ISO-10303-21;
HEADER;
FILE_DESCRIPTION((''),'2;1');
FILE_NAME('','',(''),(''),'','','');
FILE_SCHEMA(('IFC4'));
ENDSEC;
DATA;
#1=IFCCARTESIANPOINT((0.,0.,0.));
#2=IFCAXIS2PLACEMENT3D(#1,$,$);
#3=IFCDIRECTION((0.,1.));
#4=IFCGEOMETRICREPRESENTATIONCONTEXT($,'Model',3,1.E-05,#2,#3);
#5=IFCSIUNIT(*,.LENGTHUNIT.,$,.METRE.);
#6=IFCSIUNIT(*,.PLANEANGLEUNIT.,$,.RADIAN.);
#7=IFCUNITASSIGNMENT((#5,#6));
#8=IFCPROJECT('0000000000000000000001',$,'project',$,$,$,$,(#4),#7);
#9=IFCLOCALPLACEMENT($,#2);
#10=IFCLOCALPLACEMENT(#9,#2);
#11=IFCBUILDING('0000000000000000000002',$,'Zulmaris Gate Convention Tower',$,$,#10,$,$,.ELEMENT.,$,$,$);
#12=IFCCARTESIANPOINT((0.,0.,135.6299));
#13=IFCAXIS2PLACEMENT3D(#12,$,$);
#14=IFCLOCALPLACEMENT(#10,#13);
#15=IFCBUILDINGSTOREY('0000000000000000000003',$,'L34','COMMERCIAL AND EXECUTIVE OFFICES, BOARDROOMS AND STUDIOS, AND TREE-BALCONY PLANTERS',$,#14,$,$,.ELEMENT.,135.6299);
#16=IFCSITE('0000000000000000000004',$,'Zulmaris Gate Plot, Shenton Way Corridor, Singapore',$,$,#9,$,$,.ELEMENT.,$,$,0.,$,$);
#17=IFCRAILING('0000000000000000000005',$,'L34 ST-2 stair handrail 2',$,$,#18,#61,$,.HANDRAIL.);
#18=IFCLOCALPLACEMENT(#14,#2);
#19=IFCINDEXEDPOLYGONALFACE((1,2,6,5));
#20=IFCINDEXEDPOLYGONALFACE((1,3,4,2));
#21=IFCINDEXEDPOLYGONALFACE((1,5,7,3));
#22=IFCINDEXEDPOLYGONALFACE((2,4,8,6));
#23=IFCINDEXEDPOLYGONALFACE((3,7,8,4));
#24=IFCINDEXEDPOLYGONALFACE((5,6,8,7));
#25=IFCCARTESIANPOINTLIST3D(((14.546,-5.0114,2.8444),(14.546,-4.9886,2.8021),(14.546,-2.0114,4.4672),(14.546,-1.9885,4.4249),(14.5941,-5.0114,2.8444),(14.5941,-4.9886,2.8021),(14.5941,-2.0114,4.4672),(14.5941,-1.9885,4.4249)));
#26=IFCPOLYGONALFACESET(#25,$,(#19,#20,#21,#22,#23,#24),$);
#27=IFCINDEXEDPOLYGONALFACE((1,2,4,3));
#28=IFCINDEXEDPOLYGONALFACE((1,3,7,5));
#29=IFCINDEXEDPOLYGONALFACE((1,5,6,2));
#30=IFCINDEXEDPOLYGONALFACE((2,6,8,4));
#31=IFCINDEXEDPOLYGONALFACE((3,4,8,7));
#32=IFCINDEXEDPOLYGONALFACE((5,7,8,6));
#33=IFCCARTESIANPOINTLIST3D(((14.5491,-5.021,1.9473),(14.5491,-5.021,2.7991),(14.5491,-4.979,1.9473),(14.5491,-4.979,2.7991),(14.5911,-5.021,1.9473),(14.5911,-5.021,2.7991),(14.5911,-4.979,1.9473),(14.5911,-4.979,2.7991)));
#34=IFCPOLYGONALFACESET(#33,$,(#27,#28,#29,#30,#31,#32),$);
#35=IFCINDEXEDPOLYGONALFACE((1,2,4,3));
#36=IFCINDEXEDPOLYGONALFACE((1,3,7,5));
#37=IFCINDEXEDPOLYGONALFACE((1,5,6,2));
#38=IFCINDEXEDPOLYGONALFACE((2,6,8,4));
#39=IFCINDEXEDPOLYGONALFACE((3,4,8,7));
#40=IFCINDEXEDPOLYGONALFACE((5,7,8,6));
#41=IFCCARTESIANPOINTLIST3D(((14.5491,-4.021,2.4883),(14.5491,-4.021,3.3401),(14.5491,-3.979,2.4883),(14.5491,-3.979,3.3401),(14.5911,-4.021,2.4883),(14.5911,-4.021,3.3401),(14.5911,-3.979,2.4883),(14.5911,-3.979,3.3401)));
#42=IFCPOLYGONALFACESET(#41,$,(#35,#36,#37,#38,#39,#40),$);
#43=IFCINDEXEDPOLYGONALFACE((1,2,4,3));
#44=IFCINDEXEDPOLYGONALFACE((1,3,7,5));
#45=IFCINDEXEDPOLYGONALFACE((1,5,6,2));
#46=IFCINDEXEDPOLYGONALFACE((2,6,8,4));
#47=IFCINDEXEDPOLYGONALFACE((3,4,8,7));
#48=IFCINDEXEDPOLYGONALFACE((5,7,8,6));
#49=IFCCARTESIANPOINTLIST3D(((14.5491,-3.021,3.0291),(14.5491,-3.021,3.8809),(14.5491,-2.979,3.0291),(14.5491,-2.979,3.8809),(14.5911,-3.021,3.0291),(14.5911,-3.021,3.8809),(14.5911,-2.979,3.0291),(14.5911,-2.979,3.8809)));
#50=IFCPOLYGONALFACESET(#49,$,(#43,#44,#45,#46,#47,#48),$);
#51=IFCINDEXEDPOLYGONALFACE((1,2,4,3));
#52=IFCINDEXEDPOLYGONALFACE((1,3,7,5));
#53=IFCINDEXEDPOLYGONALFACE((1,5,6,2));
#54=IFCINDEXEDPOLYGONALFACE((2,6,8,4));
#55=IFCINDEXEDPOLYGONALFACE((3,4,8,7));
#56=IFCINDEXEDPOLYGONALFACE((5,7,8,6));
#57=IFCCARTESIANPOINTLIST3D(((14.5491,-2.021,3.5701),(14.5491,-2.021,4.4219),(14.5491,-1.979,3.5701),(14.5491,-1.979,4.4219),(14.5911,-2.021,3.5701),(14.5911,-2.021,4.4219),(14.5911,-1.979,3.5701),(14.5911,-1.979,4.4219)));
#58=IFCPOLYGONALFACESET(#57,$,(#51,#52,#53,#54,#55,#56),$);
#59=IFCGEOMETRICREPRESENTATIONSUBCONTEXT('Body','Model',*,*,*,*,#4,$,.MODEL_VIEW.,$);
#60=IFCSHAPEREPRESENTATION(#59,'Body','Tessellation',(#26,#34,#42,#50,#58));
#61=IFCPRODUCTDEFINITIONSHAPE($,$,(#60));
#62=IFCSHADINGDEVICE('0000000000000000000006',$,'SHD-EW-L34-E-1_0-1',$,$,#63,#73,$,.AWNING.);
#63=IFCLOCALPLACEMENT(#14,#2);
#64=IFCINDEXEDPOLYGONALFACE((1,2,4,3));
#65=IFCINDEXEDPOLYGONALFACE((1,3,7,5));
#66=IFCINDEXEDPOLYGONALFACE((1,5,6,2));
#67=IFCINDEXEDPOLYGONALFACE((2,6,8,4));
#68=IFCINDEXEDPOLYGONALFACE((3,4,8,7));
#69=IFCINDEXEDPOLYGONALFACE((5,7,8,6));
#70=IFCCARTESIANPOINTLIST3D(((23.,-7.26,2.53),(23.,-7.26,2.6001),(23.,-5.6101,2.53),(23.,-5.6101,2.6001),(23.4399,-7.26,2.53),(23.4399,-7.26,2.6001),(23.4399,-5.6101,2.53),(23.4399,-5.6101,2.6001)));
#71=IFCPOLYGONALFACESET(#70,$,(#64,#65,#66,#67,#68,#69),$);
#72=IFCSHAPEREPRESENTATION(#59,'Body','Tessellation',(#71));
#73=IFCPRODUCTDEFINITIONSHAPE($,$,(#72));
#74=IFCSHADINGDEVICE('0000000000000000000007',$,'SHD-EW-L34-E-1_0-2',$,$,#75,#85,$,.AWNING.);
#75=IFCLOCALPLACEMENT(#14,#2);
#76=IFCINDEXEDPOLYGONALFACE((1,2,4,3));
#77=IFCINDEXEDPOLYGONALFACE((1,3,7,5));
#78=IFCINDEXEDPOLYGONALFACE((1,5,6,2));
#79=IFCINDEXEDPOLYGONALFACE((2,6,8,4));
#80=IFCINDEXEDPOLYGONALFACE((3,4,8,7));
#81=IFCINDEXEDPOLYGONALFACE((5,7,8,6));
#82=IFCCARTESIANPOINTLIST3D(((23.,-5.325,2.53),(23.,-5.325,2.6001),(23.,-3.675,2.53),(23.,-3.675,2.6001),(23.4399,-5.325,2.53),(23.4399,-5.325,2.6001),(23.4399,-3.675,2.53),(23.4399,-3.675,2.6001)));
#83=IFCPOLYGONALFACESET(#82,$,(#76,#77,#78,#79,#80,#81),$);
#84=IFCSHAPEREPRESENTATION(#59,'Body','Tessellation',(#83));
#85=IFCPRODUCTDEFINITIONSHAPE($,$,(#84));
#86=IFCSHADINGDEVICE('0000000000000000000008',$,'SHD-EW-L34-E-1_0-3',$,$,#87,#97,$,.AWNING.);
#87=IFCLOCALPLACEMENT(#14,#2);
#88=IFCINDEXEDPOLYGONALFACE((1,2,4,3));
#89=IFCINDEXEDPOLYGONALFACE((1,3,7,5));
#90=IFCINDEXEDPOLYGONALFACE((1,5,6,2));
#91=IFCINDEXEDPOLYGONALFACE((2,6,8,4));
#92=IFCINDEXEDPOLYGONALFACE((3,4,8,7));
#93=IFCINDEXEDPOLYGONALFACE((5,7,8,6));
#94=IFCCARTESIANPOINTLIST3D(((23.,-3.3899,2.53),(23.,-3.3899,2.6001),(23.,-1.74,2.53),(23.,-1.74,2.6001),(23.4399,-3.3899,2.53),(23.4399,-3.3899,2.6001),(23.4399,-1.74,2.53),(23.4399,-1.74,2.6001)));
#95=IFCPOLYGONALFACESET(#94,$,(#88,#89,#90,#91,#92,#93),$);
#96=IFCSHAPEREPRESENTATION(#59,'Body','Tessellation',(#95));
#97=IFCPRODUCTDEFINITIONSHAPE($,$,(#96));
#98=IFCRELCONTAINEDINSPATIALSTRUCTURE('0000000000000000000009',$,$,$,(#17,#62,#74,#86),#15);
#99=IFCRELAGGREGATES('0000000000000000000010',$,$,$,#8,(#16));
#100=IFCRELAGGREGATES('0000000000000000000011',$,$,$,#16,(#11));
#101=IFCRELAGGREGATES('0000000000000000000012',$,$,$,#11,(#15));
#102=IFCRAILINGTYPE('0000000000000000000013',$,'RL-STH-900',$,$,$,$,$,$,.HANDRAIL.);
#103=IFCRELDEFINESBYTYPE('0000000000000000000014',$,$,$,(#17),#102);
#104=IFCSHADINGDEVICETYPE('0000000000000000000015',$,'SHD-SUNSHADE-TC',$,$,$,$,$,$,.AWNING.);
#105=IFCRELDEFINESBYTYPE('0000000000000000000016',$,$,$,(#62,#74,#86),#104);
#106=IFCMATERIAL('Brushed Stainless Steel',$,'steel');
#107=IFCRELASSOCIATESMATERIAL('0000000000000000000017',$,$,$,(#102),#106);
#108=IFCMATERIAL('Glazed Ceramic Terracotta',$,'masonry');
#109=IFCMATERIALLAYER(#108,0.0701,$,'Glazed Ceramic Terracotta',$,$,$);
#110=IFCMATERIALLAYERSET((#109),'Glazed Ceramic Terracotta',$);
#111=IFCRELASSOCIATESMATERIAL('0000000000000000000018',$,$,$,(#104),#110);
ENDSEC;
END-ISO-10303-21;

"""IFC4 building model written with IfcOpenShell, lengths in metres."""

from ifc_helpers import new_model, si_unit, direction, frame, frame_2d, origin, origin_2d, place, context, subcontext, project, spatial, rectangle, extrude, material, layer, layer_set, type_object, element, save


model = new_model("IFC4")

# Units and contexts
model_context = context("Model", 3, precision=1e-05, world=origin(), true_north=direction((0.0, 1.0)))
body_context = subcontext(model_context, "Body", "Model", "MODEL_VIEW")
ifc_project = project(units=[si_unit("LENGTHUNIT", "METRE"), si_unit("PLANEANGLEUNIT", "RADIAN")], contexts=[model_context])

# Site, building, storey
site_placement = place(None, origin())
site = spatial("IfcSite", under=ifc_project, at=site_placement, Name="Zulmaris Gate Plot, Shenton Way Corridor, Singapore", CompositionType="ELEMENT", RefElevation=0.0)
building_placement = place(site_placement, origin())
building = spatial("IfcBuilding", under=site, at=building_placement, Name="Zulmaris Gate Convention Tower", CompositionType="ELEMENT")
storey_placement = place(building_placement, frame((0.0, 0.0, 135.6299)))
storey = spatial("IfcBuildingStorey", under=building, at=storey_placement, Name="L34", Description="COMMERCIAL AND EXECUTIVE OFFICES, BOARDROOMS AND STUDIOS, AND TREE-BALCONY PLANTERS", CompositionType="ELEMENT", Elevation=135.6299)

# Shared definitions
ifc_material_1 = material(Name="Brushed Stainless Steel", Category="steel")

# Railing
railing_type_1 = type_object("IfcRailingType", Name="RL-STH-900", PredefinedType="HANDRAIL", material=ifc_material_1)
railing_1_placement = place(storey_placement, frame((14.5701, -5.0, 1.9473)))
element("IfcRailing", 1, at=railing_1_placement, inside=storey, type_object=railing_type_1, Name="L34 ST-2 stair handrail 2", PredefinedType="HANDRAIL", context=body_context, shape_type="SweptSolid", body=[
    extrude(rectangle(XDim=0.0481, YDim=0.0481, at=origin_2d()), frame((0.0, 0.0, 0.876), z_axis=(0.0, 0.879562, 0.475785), x_axis=(-1.0, 0.0, 0.0)), (0.0, 0.0, 1.0), 3.4109),
    extrude(rectangle(XDim=0.042, YDim=0.042, at=origin_2d()), origin(), (0.0, 0.0, 1.0), 0.8518),
    extrude(rectangle(XDim=0.042, YDim=0.042, at=origin_2d()), frame((0.0, 1.0, 0.541)), (0.0, 0.0, 1.0), 0.8518),
    extrude(rectangle(XDim=0.042, YDim=0.042, at=origin_2d()), frame((0.0, 2.0, 1.0818)), (0.0, 0.0, 1.0), 0.8518),
    extrude(rectangle(XDim=0.042, YDim=0.042, at=origin_2d()), frame((0.0, 3.0, 1.6228)), (0.0, 0.0, 1.0), 0.8518),
])

# Shading devices
ifc_material_2 = material(Name="Glazed Ceramic Terracotta", Category="masonry")
ifc_layer_1 = layer(ifc_material_2, 0.0701, Name="Glazed Ceramic Terracotta")
ifc_layer_set_1 = layer_set([ifc_layer_1], Name="Glazed Ceramic Terracotta")
shading_device_type = type_object("IfcShadingDeviceType", Name="SHD-SUNSHADE-TC", PredefinedType="AWNING", material=ifc_layer_set_1)
for number, where, z_axis, x_axis, name in (
    (2, (23.22, -7.26, 2.53), (0.0, 0.0, 1.0), (0.0, 1.0, 0.0), "SHD-EW-L34-E-1_0-1"),
    (3, (23.22, -5.325, 2.53), (0.0, 0.0, 1.0), (0.0, 1.0, 0.0), "SHD-EW-L34-E-1_0-2"),
    (4, (23.22, -3.3899, 2.53), (0.0, 0.0, 1.0), (0.0, 1.0, 0.0), "SHD-EW-L34-E-1_0-3"),
):
    element("IfcShadingDevice", number, at=place(storey_placement, frame(where, z_axis=z_axis, x_axis=x_axis)), inside=storey, type_object=shading_device_type, Name=name, PredefinedType="AWNING", context=body_context, shape_type="SweptSolid", body=[
        extrude(rectangle(XDim=1.6499, YDim=0.4399, at=frame_2d((0.825, 0.0))), origin(), (0.0, 0.0, 1.0), 0.0701),
    ])

save(model, "model.ifc")
